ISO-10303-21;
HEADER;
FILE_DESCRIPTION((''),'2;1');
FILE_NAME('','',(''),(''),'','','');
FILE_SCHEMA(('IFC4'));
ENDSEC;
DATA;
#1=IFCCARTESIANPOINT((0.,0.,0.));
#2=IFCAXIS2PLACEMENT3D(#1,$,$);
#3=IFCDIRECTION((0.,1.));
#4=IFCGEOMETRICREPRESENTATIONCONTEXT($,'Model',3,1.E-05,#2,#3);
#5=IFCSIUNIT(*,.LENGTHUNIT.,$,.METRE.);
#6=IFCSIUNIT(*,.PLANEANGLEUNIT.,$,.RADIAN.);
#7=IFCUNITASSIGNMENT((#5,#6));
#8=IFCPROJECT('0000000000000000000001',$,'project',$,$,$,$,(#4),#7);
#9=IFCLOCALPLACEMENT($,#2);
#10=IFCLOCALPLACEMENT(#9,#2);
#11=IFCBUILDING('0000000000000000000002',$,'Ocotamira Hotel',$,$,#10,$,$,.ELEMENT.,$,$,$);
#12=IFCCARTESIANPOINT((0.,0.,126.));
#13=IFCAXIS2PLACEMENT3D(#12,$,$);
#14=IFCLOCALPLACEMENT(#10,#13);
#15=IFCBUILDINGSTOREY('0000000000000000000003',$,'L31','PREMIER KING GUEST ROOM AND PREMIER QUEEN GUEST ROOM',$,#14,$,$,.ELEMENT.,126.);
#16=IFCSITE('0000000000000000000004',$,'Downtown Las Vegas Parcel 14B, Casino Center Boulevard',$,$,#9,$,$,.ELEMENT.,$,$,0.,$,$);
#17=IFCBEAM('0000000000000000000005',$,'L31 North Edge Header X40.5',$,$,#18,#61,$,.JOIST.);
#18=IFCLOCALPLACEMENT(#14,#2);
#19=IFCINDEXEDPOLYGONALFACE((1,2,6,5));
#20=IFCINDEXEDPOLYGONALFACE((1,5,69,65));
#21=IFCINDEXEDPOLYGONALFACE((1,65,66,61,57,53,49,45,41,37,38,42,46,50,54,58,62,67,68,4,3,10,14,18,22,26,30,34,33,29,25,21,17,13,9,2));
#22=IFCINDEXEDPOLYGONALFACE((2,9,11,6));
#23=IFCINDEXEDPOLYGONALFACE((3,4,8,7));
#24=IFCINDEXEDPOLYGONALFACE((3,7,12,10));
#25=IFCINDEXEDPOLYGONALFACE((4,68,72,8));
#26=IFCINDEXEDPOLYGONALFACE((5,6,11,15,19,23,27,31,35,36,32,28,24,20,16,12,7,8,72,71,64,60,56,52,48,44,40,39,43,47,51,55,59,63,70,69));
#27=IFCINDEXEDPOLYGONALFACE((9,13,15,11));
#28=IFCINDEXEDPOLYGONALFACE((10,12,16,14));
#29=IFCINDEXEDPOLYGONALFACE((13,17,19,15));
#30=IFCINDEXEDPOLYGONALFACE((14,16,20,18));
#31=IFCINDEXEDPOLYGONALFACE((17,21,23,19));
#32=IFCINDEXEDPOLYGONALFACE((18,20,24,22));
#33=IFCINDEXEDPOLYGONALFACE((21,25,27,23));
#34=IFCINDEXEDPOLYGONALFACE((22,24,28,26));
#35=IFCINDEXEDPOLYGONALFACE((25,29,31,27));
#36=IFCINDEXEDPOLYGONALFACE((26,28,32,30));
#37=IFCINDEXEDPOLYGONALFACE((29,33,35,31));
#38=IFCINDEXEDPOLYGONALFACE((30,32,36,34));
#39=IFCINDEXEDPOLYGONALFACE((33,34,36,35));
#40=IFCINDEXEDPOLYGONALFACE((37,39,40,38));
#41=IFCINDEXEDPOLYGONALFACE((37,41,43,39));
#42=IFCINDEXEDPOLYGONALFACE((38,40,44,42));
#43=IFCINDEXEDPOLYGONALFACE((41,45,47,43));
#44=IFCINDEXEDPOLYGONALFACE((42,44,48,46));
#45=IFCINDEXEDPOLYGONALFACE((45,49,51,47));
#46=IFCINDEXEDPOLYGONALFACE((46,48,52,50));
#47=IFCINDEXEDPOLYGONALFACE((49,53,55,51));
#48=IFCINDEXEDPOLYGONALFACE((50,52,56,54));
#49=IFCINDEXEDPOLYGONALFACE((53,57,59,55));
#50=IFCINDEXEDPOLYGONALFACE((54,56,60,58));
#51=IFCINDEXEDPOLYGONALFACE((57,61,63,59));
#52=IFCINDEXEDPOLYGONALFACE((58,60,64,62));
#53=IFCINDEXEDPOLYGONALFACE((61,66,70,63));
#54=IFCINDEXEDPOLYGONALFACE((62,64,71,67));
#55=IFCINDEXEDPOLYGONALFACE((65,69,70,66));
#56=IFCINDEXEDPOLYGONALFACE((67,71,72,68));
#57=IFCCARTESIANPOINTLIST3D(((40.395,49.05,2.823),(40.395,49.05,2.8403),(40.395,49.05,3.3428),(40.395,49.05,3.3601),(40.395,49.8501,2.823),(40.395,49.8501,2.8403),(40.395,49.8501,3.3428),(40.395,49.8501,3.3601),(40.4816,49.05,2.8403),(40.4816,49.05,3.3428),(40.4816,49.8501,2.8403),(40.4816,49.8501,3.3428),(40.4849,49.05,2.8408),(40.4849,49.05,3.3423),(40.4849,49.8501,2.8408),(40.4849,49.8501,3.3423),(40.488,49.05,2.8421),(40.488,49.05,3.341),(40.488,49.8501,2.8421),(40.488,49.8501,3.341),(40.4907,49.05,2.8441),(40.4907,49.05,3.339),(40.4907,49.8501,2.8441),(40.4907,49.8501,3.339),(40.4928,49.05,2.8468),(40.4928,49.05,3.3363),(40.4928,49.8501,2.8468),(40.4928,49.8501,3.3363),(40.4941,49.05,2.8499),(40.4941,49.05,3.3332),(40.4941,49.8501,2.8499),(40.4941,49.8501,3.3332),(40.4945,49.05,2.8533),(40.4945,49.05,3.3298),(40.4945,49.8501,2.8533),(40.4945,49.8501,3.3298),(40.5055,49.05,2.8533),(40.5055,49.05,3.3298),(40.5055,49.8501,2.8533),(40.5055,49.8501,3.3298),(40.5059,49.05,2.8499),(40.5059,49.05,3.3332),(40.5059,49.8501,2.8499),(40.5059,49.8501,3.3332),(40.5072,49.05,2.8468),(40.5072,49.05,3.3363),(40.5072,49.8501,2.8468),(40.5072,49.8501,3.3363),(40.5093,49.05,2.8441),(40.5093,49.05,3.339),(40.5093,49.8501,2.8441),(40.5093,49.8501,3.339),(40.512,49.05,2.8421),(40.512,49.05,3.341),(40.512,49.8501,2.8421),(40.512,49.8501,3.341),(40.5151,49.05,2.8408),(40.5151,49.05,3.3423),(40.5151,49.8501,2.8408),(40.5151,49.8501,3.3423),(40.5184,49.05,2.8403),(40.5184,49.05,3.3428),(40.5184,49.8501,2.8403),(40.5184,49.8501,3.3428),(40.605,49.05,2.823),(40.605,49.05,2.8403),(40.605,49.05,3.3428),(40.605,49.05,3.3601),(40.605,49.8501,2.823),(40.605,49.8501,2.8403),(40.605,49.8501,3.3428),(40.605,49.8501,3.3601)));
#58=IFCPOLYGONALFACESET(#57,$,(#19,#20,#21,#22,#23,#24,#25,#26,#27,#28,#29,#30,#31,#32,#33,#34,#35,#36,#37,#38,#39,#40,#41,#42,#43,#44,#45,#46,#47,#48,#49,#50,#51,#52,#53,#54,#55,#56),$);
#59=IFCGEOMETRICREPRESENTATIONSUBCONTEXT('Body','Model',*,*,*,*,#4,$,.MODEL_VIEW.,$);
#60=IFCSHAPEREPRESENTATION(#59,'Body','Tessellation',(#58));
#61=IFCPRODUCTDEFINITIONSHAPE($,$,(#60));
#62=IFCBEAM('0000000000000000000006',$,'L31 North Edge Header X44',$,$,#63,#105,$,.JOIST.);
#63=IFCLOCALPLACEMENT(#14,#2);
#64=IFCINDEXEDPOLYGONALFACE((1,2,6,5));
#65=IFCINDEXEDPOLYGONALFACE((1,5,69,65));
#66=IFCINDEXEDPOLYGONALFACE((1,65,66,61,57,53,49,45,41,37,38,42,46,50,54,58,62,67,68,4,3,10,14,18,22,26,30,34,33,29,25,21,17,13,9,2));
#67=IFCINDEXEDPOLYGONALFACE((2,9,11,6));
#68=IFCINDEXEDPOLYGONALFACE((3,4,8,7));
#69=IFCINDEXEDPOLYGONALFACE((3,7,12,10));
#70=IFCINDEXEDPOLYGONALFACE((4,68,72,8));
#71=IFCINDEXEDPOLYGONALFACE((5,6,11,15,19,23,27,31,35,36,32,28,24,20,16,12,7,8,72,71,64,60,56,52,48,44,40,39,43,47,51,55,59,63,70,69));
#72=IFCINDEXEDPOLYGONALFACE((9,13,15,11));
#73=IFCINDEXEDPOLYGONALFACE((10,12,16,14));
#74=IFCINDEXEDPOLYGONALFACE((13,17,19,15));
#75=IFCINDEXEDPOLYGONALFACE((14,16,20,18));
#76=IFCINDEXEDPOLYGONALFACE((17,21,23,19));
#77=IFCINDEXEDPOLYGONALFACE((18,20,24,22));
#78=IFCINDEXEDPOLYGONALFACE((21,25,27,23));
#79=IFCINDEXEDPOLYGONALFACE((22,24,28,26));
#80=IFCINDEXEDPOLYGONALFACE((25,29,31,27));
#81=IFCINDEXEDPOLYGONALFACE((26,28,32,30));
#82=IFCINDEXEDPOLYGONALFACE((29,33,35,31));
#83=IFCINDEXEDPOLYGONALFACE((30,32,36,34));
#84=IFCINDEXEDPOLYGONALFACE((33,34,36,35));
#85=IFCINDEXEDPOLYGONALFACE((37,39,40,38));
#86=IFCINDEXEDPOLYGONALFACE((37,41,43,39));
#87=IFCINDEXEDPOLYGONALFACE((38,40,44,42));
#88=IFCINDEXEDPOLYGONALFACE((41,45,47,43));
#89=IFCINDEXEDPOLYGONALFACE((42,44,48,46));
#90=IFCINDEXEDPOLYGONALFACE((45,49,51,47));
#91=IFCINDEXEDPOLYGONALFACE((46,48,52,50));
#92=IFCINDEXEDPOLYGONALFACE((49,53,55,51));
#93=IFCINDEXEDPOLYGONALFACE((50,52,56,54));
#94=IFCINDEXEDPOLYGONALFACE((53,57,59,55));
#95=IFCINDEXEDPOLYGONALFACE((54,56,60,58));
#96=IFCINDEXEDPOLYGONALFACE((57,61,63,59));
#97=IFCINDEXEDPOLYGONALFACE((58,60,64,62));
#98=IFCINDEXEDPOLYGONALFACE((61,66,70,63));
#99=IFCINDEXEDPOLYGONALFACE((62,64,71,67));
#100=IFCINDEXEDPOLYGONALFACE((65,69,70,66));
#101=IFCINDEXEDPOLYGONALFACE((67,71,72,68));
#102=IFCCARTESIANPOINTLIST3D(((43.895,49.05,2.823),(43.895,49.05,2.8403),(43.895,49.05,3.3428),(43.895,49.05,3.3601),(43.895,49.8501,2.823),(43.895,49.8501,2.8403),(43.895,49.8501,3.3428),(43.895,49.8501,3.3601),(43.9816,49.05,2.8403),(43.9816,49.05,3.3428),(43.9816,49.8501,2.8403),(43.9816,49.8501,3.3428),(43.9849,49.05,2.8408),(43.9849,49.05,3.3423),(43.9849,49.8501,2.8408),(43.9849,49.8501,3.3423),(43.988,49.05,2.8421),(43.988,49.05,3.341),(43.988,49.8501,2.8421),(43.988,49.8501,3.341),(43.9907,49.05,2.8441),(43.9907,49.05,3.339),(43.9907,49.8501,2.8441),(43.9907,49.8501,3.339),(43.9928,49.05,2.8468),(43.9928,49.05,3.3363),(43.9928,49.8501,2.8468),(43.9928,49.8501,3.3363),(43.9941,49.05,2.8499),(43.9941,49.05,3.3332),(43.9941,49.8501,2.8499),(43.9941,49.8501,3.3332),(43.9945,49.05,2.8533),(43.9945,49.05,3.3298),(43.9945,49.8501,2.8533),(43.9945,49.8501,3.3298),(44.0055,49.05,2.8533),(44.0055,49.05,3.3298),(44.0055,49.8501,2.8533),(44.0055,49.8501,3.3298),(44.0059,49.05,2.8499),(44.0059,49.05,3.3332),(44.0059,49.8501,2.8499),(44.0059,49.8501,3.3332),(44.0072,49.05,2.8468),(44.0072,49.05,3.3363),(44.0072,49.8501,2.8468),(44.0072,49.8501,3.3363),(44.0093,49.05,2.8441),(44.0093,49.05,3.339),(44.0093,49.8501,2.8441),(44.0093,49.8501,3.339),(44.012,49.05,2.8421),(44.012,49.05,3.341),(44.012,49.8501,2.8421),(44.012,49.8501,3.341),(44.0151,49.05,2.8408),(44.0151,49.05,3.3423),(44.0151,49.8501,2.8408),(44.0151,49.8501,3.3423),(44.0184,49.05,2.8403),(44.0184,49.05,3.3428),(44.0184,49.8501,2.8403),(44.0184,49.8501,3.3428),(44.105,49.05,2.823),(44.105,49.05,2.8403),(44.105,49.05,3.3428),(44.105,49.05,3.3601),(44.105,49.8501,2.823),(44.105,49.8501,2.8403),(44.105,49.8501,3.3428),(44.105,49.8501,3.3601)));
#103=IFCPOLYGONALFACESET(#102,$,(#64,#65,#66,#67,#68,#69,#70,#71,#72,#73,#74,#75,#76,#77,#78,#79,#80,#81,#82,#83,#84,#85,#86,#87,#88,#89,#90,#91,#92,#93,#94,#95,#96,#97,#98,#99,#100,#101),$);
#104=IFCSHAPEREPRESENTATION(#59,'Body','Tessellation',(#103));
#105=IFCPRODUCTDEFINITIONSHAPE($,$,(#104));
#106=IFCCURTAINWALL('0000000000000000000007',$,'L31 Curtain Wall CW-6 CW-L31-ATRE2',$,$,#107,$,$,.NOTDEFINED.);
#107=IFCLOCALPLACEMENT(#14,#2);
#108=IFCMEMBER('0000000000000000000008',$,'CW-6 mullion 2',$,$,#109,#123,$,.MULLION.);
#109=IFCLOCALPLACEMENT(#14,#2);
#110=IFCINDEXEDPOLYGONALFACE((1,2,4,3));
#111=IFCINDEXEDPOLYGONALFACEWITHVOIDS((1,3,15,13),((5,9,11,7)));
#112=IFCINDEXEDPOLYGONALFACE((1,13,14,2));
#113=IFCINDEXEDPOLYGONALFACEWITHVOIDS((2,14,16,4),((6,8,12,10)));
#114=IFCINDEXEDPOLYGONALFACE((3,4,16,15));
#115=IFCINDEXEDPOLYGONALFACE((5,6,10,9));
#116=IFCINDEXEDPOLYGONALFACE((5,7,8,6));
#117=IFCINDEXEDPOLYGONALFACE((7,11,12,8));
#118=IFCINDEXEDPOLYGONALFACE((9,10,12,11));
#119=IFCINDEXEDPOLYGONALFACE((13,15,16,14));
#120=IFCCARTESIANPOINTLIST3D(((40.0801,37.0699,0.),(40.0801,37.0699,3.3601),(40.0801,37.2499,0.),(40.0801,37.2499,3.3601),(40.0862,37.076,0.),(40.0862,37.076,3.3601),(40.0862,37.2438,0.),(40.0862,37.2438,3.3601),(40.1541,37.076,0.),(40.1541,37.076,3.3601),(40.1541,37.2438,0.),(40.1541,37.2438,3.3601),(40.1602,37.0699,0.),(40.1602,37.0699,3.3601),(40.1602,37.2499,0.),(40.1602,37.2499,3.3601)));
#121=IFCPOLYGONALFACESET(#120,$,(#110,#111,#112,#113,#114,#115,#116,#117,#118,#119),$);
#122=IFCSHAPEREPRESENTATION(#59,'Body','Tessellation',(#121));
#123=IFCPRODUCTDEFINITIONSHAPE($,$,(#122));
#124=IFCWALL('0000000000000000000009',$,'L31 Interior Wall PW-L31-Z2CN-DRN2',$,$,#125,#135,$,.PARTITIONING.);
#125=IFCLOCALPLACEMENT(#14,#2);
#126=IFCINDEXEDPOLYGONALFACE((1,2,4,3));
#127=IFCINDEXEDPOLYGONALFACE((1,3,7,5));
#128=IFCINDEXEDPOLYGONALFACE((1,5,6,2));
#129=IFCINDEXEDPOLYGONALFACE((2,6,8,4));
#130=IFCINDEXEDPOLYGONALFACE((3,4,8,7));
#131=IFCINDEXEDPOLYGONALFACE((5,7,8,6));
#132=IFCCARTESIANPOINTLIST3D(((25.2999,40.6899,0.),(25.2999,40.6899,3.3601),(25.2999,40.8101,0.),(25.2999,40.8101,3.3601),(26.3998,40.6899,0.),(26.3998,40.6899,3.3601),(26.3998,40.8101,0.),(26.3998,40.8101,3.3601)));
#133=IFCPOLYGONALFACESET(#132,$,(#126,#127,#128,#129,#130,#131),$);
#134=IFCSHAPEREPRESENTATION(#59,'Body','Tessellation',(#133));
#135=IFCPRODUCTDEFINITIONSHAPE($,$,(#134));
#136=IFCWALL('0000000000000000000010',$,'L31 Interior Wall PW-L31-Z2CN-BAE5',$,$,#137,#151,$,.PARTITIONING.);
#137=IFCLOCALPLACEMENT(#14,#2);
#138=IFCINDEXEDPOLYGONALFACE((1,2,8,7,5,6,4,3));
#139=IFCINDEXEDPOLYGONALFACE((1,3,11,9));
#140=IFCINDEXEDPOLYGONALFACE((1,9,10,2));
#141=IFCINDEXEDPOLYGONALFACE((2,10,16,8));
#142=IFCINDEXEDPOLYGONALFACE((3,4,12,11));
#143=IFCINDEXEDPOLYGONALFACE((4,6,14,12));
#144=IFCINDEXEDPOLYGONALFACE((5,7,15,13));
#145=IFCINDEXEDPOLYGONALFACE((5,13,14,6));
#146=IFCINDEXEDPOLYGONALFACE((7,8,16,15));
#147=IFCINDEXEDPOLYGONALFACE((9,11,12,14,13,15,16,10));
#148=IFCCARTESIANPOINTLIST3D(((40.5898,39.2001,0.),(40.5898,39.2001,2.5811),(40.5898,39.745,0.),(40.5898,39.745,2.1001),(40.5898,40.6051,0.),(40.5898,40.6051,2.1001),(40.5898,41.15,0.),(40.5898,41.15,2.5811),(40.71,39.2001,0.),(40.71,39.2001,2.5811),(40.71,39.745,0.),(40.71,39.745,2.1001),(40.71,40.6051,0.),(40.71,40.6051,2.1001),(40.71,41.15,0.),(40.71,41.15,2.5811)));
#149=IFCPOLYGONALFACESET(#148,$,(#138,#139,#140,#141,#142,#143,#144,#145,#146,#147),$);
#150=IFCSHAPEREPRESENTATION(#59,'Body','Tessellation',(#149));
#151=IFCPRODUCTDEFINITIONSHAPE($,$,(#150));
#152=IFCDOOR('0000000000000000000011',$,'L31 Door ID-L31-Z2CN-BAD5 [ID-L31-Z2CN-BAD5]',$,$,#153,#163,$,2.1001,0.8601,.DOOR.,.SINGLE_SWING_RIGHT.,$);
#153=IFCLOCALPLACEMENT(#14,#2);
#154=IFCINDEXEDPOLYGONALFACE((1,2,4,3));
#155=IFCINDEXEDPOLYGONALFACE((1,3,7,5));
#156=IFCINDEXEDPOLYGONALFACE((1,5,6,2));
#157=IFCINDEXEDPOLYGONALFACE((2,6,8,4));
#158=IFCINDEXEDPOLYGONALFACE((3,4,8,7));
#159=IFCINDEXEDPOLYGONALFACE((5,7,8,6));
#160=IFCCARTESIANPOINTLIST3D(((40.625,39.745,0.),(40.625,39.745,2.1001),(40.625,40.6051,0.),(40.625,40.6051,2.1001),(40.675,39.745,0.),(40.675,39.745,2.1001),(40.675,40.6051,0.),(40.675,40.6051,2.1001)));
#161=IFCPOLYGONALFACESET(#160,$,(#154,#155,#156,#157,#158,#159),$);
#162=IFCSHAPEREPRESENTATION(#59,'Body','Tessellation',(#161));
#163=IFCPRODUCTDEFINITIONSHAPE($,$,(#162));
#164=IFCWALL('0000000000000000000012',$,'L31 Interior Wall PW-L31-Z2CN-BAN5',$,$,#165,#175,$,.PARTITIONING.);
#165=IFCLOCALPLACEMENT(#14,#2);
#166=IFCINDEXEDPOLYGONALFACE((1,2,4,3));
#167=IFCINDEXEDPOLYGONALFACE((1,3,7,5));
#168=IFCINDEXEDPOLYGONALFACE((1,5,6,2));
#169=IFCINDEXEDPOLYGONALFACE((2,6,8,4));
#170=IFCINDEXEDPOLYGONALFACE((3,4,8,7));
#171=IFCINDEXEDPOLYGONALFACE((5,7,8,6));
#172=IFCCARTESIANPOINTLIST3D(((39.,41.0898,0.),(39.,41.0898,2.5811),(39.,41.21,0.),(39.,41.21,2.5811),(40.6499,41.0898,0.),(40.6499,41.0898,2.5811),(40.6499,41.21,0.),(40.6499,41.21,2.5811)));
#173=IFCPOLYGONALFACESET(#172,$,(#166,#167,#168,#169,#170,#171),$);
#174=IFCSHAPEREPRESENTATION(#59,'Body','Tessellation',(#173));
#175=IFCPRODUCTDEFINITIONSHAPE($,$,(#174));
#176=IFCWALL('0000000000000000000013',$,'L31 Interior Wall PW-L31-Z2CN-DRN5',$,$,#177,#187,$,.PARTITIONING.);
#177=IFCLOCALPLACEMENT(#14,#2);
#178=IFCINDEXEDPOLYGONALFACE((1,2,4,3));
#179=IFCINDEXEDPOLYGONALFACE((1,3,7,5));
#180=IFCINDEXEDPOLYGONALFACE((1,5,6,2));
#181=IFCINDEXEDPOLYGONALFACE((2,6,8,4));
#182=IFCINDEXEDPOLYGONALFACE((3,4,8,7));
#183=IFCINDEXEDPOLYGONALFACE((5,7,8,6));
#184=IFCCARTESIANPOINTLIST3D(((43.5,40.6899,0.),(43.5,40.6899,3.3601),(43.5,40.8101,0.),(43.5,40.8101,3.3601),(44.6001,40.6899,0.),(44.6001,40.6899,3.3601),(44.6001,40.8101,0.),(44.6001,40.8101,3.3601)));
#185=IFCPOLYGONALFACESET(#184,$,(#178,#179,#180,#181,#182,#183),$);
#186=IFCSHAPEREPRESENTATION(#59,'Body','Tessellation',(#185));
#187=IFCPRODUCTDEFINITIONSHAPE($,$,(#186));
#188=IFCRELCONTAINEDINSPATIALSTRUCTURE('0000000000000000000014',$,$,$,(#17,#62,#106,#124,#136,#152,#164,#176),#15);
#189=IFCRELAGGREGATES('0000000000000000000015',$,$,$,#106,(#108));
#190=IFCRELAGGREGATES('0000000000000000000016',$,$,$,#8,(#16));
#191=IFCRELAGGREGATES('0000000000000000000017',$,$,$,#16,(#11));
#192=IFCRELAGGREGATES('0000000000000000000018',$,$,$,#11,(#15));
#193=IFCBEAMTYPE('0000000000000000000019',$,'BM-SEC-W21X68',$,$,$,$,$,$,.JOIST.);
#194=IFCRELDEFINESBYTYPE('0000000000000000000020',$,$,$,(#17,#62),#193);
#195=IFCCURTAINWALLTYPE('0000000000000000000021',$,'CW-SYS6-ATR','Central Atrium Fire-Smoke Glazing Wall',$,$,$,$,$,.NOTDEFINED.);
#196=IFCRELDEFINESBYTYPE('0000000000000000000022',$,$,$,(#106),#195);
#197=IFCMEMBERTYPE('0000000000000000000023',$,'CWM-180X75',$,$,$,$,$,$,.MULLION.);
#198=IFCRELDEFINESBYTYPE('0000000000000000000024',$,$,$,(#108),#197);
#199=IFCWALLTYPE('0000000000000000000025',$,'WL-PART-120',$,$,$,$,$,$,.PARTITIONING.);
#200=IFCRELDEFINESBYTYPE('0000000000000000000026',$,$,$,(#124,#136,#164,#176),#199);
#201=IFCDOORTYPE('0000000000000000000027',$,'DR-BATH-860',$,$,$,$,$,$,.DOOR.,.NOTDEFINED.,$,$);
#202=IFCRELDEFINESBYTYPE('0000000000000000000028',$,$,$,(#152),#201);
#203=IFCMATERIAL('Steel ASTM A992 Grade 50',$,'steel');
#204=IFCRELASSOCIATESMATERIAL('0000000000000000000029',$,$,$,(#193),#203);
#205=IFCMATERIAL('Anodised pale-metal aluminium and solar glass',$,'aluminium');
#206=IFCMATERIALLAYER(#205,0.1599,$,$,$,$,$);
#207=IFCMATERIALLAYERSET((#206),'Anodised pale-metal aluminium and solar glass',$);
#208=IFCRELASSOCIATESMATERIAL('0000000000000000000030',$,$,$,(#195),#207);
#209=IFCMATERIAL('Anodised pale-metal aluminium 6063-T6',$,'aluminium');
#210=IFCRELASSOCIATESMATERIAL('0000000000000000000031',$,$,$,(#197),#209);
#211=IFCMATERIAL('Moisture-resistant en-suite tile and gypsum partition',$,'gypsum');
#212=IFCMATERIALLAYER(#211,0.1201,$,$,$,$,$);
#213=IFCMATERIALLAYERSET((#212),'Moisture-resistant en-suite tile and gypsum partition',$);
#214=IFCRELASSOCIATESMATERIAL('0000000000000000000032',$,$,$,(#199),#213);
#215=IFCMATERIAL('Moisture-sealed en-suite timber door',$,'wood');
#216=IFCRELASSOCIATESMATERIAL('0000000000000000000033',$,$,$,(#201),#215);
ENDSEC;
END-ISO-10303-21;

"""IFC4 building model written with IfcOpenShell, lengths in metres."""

from ifc_helpers import new_model, si_unit, direction, frame, frame_2d, origin, origin_2d, place, context, subcontext, project, spatial, rectangle, hollow_rectangle, i_section, extrude, source, transform, mapped, material, layer, layer_set, material_profile, profile_set, type_object, element, fill, aggregate, save


model = new_model("IFC4")

# Units and contexts
model_context = context("Model", 3, precision=1e-05, world=origin(), true_north=direction((0.0, 1.0)))
body_context = subcontext(model_context, "Body", "Model", "MODEL_VIEW")
ifc_project = project(units=[si_unit("LENGTHUNIT", "METRE"), si_unit("PLANEANGLEUNIT", "RADIAN")], contexts=[model_context])

# Site, building, storey
site_placement = place(None, origin())
site = spatial("IfcSite", under=ifc_project, at=site_placement, Name="Downtown Las Vegas Parcel 14B, Casino Center Boulevard", CompositionType="ELEMENT", RefElevation=0.0)
building_placement = place(site_placement, origin())
building = spatial("IfcBuilding", under=site, at=building_placement, Name="Ocotamira Hotel", CompositionType="ELEMENT")
storey_placement = place(building_placement, frame((0.0, 0.0, 126.0)))
storey = spatial("IfcBuildingStorey", under=building, at=storey_placement, Name="L31", Description="PREMIER KING GUEST ROOM AND PREMIER QUEEN GUEST ROOM", CompositionType="ELEMENT", Elevation=126.0)

# Beams
ifc_material_1 = material(Name="Steel ASTM A992 Grade 50", Category="steel")
ifc_material_profile_1 = material_profile(ifc_material_1, i_section(OverallWidth=0.21, OverallDepth=0.5371, WebThickness=0.011, FlangeThickness=0.0173, FilletRadius=0.0129, at=origin_2d()), Name="W21X68")
ifc_profile_set_1 = profile_set([ifc_material_profile_1], Name="Steel ASTM A992 Grade 50")
beam_type_1 = type_object("IfcBeamType", Name="BM-SEC-W21X68", PredefinedType="JOIST", material=ifc_profile_set_1)
shared_shape_1 = source(origin(), body_context, "Body", "SweptSolid", [
    extrude(i_section(OverallWidth=0.21, OverallDepth=0.5371, WebThickness=0.011, FlangeThickness=0.0173, FilletRadius=0.0129, at=origin_2d()), origin(), (0.0, 0.0, 1.0), 0.8),
])
for number, where, z_axis, x_axis, name in (
    (1, (40.5, 49.05, 3.0916), (0.0, 1.0, 0.0), (-1.0, 0.0, 0.0), "L31 North Edge Header X40.5"),
    (2, (44.0, 49.05, 3.0916), (0.0, 1.0, 0.0), (-1.0, 0.0, 0.0), "L31 North Edge Header X44"),
):
    element("IfcBeam", number, at=place(storey_placement, frame(where, z_axis=z_axis, x_axis=x_axis)), inside=storey, type_object=beam_type_1, Name=name, PredefinedType="JOIST", context=body_context, shape_type="MappedRepresentation", body=[
        mapped(shared_shape_1, transform((0.0, 0.0, 0.0), scale=1.0)),
    ])

# Curtain wall, member
ifc_material_2 = material(Name="Anodised pale-metal aluminium and solar glass", Category="aluminium")
ifc_layer_1 = layer(ifc_material_2, 0.1599)
ifc_layer_set_1 = layer_set([ifc_layer_1], Name="Anodised pale-metal aluminium and solar glass")
curtain_wall_type = type_object("IfcCurtainWallType", Name="CW-SYS6-ATR", Description="Central Atrium Fire-Smoke Glazing Wall", PredefinedType="NOTDEFINED", material=ifc_layer_set_1)
curtain_wall_placement = place(storey_placement, origin())
curtain_wall = element("IfcCurtainWall", 3, at=curtain_wall_placement, inside=storey, type_object=curtain_wall_type, Name="L31 Curtain Wall CW-6 CW-L31-ATRE2", PredefinedType="NOTDEFINED")
ifc_material_3 = material(Name="Anodised pale-metal aluminium 6063-T6", Category="aluminium")
ifc_material_profile_2 = material_profile(ifc_material_3, hollow_rectangle(XDim=0.0801, YDim=0.1799, WallThickness=0.0061, at=origin_2d()), Name="HSS180X80X6")
ifc_profile_set_2 = profile_set([ifc_material_profile_2], Name="Anodised pale-metal aluminium 6063-T6")
member_type = type_object("IfcMemberType", Name="CWM-180X75", PredefinedType="MULLION", material=ifc_profile_set_2)
shared_shape_2 = source(origin(), body_context, "Body", "SweptSolid", [
    extrude(hollow_rectangle(XDim=0.0801, YDim=0.1799, WallThickness=0.0061, at=origin_2d()), origin(), (0.0, 0.0, 1.0), 3.3601),
])
member_placement = place(storey_placement, frame((40.1201, 37.1599, 0.0), z_axis=(0.0, 0.0, 1.0), x_axis=(-1.0, 0.0, 0.0)))
member = element("IfcMember", 4, at=member_placement, type_object=member_type, Name="CW-6 mullion 2", PredefinedType="MULLION", context=body_context, shape_type="MappedRepresentation", body=[
    mapped(shared_shape_2, transform((0.0, 0.0, 0.0), scale=1.0)),
])
aggregate(curtain_wall, [member])

# Wall
ifc_material_4 = material(Name="Moisture-resistant en-suite tile and gypsum partition", Category="gypsum")
ifc_layer_2 = layer(ifc_material_4, 0.1201)
ifc_layer_set_2 = layer_set([ifc_layer_2], Name="Moisture-resistant en-suite tile and gypsum partition")
wall_type_1 = type_object("IfcWallType", Name="WL-PART-120", PredefinedType="PARTITIONING", material=ifc_layer_set_2)
wall_1_placement = place(storey_placement, frame((25.3, 40.75, 0.0), z_axis=(0.0, 0.0, 1.0), x_axis=(1.0, 0.0, 0.0)))
element("IfcWall", 5, at=wall_1_placement, inside=storey, type_object=wall_type_1, Name="L31 Interior Wall PW-L31-Z2CN-DRN2", PredefinedType="PARTITIONING", context=body_context, shape_type="SweptSolid", body=[
    extrude(rectangle(XDim=1.0999, YDim=0.1201, at=frame_2d((0.5498, 0.0))), origin(), (0.0, 0.0, 1.0), 3.3601),
])

# Wall, opening, door
wall_2_placement = place(storey_placement, frame((40.6499, 39.2, 0.0), z_axis=(0.0, 0.0, 1.0), x_axis=(0.0, 1.0, 0.0)))
wall_2 = element("IfcWall", 6, at=wall_2_placement, inside=storey, type_object=wall_type_1, Name="L31 Interior Wall PW-L31-Z2CN-BAE5", PredefinedType="PARTITIONING", context=body_context, shape_type="SweptSolid", body=[
    extrude(rectangle(XDim=1.95, YDim=0.1201, at=frame_2d((0.9751, 0.0))), origin(), (0.0, 0.0, 1.0), 2.5811),
])
opening_placement = place(wall_2_placement, frame((0.5449, 0.0, 0.0)))
opening = element("IfcOpeningElement", 7, at=opening_placement, cuts=wall_2, PredefinedType="OPENING", context=body_context, shape_type="SweptSolid", body=[
    extrude(rectangle(XDim=0.8601, YDim=2.1001, at=frame_2d((0.4302, 1.05))), frame((0.0, 0.0701, 0.0), z_axis=(0.0, -1.0, 0.0), x_axis=(1.0, 0.0, 0.0)), (0.0, 0.0, 1.0), 0.1401),
])
ifc_material_5 = material(Name="Moisture-sealed en-suite timber door", Category="wood")
door_type = type_object("IfcDoorType", Name="DR-BATH-860", OperationType="NOTDEFINED", PredefinedType="DOOR", material=ifc_material_5)
shared_shape_3 = source(origin(), body_context, "Body", "SweptSolid", [
    extrude(rectangle(XDim=0.8601, YDim=2.1001, at=frame_2d((0.4302, 1.05))), frame((0.0, 0.0249, 0.0), z_axis=(0.0, -1.0, 0.0), x_axis=(1.0, 0.0, 0.0)), (0.0, 0.0, 1.0), 0.05),
])
door_placement = place(opening_placement, origin())
door = element("IfcDoor", 8, at=door_placement, inside=storey, type_object=door_type, Name="L31 Door ID-L31-Z2CN-BAD5 [ID-L31-Z2CN-BAD5]", OperationType="SINGLE_SWING_RIGHT", OverallHeight=2.1001, OverallWidth=0.8601, PredefinedType="DOOR", context=body_context, shape_type="MappedRepresentation", body=[
    mapped(shared_shape_3, transform((0.0, 0.0, 0.0), scale=1.0)),
])
fill(opening, door)

# Walls
wall_3_placement = place(storey_placement, frame((39.0, 41.1499, 0.0), z_axis=(0.0, 0.0, 1.0), x_axis=(1.0, 0.0, 0.0)))
element("IfcWall", 9, at=wall_3_placement, inside=storey, type_object=wall_type_1, Name="L31 Interior Wall PW-L31-Z2CN-BAN5", PredefinedType="PARTITIONING", context=body_context, shape_type="SweptSolid", body=[
    extrude(rectangle(XDim=1.6499, YDim=0.1201, at=frame_2d((0.825, 0.0))), origin(), (0.0, 0.0, 1.0), 2.5811),
])
wall_4_placement = place(storey_placement, frame((43.5, 40.75, 0.0), z_axis=(0.0, 0.0, 1.0), x_axis=(1.0, 0.0, 0.0)))
element("IfcWall", 10, at=wall_4_placement, inside=storey, type_object=wall_type_1, Name="L31 Interior Wall PW-L31-Z2CN-DRN5", PredefinedType="PARTITIONING", context=body_context, shape_type="SweptSolid", body=[
    extrude(rectangle(XDim=1.1001, YDim=0.1201, at=frame_2d((0.55, 0.0))), origin(), (0.0, 0.0, 1.0), 3.3601),
])

save(model, "model.ifc")
